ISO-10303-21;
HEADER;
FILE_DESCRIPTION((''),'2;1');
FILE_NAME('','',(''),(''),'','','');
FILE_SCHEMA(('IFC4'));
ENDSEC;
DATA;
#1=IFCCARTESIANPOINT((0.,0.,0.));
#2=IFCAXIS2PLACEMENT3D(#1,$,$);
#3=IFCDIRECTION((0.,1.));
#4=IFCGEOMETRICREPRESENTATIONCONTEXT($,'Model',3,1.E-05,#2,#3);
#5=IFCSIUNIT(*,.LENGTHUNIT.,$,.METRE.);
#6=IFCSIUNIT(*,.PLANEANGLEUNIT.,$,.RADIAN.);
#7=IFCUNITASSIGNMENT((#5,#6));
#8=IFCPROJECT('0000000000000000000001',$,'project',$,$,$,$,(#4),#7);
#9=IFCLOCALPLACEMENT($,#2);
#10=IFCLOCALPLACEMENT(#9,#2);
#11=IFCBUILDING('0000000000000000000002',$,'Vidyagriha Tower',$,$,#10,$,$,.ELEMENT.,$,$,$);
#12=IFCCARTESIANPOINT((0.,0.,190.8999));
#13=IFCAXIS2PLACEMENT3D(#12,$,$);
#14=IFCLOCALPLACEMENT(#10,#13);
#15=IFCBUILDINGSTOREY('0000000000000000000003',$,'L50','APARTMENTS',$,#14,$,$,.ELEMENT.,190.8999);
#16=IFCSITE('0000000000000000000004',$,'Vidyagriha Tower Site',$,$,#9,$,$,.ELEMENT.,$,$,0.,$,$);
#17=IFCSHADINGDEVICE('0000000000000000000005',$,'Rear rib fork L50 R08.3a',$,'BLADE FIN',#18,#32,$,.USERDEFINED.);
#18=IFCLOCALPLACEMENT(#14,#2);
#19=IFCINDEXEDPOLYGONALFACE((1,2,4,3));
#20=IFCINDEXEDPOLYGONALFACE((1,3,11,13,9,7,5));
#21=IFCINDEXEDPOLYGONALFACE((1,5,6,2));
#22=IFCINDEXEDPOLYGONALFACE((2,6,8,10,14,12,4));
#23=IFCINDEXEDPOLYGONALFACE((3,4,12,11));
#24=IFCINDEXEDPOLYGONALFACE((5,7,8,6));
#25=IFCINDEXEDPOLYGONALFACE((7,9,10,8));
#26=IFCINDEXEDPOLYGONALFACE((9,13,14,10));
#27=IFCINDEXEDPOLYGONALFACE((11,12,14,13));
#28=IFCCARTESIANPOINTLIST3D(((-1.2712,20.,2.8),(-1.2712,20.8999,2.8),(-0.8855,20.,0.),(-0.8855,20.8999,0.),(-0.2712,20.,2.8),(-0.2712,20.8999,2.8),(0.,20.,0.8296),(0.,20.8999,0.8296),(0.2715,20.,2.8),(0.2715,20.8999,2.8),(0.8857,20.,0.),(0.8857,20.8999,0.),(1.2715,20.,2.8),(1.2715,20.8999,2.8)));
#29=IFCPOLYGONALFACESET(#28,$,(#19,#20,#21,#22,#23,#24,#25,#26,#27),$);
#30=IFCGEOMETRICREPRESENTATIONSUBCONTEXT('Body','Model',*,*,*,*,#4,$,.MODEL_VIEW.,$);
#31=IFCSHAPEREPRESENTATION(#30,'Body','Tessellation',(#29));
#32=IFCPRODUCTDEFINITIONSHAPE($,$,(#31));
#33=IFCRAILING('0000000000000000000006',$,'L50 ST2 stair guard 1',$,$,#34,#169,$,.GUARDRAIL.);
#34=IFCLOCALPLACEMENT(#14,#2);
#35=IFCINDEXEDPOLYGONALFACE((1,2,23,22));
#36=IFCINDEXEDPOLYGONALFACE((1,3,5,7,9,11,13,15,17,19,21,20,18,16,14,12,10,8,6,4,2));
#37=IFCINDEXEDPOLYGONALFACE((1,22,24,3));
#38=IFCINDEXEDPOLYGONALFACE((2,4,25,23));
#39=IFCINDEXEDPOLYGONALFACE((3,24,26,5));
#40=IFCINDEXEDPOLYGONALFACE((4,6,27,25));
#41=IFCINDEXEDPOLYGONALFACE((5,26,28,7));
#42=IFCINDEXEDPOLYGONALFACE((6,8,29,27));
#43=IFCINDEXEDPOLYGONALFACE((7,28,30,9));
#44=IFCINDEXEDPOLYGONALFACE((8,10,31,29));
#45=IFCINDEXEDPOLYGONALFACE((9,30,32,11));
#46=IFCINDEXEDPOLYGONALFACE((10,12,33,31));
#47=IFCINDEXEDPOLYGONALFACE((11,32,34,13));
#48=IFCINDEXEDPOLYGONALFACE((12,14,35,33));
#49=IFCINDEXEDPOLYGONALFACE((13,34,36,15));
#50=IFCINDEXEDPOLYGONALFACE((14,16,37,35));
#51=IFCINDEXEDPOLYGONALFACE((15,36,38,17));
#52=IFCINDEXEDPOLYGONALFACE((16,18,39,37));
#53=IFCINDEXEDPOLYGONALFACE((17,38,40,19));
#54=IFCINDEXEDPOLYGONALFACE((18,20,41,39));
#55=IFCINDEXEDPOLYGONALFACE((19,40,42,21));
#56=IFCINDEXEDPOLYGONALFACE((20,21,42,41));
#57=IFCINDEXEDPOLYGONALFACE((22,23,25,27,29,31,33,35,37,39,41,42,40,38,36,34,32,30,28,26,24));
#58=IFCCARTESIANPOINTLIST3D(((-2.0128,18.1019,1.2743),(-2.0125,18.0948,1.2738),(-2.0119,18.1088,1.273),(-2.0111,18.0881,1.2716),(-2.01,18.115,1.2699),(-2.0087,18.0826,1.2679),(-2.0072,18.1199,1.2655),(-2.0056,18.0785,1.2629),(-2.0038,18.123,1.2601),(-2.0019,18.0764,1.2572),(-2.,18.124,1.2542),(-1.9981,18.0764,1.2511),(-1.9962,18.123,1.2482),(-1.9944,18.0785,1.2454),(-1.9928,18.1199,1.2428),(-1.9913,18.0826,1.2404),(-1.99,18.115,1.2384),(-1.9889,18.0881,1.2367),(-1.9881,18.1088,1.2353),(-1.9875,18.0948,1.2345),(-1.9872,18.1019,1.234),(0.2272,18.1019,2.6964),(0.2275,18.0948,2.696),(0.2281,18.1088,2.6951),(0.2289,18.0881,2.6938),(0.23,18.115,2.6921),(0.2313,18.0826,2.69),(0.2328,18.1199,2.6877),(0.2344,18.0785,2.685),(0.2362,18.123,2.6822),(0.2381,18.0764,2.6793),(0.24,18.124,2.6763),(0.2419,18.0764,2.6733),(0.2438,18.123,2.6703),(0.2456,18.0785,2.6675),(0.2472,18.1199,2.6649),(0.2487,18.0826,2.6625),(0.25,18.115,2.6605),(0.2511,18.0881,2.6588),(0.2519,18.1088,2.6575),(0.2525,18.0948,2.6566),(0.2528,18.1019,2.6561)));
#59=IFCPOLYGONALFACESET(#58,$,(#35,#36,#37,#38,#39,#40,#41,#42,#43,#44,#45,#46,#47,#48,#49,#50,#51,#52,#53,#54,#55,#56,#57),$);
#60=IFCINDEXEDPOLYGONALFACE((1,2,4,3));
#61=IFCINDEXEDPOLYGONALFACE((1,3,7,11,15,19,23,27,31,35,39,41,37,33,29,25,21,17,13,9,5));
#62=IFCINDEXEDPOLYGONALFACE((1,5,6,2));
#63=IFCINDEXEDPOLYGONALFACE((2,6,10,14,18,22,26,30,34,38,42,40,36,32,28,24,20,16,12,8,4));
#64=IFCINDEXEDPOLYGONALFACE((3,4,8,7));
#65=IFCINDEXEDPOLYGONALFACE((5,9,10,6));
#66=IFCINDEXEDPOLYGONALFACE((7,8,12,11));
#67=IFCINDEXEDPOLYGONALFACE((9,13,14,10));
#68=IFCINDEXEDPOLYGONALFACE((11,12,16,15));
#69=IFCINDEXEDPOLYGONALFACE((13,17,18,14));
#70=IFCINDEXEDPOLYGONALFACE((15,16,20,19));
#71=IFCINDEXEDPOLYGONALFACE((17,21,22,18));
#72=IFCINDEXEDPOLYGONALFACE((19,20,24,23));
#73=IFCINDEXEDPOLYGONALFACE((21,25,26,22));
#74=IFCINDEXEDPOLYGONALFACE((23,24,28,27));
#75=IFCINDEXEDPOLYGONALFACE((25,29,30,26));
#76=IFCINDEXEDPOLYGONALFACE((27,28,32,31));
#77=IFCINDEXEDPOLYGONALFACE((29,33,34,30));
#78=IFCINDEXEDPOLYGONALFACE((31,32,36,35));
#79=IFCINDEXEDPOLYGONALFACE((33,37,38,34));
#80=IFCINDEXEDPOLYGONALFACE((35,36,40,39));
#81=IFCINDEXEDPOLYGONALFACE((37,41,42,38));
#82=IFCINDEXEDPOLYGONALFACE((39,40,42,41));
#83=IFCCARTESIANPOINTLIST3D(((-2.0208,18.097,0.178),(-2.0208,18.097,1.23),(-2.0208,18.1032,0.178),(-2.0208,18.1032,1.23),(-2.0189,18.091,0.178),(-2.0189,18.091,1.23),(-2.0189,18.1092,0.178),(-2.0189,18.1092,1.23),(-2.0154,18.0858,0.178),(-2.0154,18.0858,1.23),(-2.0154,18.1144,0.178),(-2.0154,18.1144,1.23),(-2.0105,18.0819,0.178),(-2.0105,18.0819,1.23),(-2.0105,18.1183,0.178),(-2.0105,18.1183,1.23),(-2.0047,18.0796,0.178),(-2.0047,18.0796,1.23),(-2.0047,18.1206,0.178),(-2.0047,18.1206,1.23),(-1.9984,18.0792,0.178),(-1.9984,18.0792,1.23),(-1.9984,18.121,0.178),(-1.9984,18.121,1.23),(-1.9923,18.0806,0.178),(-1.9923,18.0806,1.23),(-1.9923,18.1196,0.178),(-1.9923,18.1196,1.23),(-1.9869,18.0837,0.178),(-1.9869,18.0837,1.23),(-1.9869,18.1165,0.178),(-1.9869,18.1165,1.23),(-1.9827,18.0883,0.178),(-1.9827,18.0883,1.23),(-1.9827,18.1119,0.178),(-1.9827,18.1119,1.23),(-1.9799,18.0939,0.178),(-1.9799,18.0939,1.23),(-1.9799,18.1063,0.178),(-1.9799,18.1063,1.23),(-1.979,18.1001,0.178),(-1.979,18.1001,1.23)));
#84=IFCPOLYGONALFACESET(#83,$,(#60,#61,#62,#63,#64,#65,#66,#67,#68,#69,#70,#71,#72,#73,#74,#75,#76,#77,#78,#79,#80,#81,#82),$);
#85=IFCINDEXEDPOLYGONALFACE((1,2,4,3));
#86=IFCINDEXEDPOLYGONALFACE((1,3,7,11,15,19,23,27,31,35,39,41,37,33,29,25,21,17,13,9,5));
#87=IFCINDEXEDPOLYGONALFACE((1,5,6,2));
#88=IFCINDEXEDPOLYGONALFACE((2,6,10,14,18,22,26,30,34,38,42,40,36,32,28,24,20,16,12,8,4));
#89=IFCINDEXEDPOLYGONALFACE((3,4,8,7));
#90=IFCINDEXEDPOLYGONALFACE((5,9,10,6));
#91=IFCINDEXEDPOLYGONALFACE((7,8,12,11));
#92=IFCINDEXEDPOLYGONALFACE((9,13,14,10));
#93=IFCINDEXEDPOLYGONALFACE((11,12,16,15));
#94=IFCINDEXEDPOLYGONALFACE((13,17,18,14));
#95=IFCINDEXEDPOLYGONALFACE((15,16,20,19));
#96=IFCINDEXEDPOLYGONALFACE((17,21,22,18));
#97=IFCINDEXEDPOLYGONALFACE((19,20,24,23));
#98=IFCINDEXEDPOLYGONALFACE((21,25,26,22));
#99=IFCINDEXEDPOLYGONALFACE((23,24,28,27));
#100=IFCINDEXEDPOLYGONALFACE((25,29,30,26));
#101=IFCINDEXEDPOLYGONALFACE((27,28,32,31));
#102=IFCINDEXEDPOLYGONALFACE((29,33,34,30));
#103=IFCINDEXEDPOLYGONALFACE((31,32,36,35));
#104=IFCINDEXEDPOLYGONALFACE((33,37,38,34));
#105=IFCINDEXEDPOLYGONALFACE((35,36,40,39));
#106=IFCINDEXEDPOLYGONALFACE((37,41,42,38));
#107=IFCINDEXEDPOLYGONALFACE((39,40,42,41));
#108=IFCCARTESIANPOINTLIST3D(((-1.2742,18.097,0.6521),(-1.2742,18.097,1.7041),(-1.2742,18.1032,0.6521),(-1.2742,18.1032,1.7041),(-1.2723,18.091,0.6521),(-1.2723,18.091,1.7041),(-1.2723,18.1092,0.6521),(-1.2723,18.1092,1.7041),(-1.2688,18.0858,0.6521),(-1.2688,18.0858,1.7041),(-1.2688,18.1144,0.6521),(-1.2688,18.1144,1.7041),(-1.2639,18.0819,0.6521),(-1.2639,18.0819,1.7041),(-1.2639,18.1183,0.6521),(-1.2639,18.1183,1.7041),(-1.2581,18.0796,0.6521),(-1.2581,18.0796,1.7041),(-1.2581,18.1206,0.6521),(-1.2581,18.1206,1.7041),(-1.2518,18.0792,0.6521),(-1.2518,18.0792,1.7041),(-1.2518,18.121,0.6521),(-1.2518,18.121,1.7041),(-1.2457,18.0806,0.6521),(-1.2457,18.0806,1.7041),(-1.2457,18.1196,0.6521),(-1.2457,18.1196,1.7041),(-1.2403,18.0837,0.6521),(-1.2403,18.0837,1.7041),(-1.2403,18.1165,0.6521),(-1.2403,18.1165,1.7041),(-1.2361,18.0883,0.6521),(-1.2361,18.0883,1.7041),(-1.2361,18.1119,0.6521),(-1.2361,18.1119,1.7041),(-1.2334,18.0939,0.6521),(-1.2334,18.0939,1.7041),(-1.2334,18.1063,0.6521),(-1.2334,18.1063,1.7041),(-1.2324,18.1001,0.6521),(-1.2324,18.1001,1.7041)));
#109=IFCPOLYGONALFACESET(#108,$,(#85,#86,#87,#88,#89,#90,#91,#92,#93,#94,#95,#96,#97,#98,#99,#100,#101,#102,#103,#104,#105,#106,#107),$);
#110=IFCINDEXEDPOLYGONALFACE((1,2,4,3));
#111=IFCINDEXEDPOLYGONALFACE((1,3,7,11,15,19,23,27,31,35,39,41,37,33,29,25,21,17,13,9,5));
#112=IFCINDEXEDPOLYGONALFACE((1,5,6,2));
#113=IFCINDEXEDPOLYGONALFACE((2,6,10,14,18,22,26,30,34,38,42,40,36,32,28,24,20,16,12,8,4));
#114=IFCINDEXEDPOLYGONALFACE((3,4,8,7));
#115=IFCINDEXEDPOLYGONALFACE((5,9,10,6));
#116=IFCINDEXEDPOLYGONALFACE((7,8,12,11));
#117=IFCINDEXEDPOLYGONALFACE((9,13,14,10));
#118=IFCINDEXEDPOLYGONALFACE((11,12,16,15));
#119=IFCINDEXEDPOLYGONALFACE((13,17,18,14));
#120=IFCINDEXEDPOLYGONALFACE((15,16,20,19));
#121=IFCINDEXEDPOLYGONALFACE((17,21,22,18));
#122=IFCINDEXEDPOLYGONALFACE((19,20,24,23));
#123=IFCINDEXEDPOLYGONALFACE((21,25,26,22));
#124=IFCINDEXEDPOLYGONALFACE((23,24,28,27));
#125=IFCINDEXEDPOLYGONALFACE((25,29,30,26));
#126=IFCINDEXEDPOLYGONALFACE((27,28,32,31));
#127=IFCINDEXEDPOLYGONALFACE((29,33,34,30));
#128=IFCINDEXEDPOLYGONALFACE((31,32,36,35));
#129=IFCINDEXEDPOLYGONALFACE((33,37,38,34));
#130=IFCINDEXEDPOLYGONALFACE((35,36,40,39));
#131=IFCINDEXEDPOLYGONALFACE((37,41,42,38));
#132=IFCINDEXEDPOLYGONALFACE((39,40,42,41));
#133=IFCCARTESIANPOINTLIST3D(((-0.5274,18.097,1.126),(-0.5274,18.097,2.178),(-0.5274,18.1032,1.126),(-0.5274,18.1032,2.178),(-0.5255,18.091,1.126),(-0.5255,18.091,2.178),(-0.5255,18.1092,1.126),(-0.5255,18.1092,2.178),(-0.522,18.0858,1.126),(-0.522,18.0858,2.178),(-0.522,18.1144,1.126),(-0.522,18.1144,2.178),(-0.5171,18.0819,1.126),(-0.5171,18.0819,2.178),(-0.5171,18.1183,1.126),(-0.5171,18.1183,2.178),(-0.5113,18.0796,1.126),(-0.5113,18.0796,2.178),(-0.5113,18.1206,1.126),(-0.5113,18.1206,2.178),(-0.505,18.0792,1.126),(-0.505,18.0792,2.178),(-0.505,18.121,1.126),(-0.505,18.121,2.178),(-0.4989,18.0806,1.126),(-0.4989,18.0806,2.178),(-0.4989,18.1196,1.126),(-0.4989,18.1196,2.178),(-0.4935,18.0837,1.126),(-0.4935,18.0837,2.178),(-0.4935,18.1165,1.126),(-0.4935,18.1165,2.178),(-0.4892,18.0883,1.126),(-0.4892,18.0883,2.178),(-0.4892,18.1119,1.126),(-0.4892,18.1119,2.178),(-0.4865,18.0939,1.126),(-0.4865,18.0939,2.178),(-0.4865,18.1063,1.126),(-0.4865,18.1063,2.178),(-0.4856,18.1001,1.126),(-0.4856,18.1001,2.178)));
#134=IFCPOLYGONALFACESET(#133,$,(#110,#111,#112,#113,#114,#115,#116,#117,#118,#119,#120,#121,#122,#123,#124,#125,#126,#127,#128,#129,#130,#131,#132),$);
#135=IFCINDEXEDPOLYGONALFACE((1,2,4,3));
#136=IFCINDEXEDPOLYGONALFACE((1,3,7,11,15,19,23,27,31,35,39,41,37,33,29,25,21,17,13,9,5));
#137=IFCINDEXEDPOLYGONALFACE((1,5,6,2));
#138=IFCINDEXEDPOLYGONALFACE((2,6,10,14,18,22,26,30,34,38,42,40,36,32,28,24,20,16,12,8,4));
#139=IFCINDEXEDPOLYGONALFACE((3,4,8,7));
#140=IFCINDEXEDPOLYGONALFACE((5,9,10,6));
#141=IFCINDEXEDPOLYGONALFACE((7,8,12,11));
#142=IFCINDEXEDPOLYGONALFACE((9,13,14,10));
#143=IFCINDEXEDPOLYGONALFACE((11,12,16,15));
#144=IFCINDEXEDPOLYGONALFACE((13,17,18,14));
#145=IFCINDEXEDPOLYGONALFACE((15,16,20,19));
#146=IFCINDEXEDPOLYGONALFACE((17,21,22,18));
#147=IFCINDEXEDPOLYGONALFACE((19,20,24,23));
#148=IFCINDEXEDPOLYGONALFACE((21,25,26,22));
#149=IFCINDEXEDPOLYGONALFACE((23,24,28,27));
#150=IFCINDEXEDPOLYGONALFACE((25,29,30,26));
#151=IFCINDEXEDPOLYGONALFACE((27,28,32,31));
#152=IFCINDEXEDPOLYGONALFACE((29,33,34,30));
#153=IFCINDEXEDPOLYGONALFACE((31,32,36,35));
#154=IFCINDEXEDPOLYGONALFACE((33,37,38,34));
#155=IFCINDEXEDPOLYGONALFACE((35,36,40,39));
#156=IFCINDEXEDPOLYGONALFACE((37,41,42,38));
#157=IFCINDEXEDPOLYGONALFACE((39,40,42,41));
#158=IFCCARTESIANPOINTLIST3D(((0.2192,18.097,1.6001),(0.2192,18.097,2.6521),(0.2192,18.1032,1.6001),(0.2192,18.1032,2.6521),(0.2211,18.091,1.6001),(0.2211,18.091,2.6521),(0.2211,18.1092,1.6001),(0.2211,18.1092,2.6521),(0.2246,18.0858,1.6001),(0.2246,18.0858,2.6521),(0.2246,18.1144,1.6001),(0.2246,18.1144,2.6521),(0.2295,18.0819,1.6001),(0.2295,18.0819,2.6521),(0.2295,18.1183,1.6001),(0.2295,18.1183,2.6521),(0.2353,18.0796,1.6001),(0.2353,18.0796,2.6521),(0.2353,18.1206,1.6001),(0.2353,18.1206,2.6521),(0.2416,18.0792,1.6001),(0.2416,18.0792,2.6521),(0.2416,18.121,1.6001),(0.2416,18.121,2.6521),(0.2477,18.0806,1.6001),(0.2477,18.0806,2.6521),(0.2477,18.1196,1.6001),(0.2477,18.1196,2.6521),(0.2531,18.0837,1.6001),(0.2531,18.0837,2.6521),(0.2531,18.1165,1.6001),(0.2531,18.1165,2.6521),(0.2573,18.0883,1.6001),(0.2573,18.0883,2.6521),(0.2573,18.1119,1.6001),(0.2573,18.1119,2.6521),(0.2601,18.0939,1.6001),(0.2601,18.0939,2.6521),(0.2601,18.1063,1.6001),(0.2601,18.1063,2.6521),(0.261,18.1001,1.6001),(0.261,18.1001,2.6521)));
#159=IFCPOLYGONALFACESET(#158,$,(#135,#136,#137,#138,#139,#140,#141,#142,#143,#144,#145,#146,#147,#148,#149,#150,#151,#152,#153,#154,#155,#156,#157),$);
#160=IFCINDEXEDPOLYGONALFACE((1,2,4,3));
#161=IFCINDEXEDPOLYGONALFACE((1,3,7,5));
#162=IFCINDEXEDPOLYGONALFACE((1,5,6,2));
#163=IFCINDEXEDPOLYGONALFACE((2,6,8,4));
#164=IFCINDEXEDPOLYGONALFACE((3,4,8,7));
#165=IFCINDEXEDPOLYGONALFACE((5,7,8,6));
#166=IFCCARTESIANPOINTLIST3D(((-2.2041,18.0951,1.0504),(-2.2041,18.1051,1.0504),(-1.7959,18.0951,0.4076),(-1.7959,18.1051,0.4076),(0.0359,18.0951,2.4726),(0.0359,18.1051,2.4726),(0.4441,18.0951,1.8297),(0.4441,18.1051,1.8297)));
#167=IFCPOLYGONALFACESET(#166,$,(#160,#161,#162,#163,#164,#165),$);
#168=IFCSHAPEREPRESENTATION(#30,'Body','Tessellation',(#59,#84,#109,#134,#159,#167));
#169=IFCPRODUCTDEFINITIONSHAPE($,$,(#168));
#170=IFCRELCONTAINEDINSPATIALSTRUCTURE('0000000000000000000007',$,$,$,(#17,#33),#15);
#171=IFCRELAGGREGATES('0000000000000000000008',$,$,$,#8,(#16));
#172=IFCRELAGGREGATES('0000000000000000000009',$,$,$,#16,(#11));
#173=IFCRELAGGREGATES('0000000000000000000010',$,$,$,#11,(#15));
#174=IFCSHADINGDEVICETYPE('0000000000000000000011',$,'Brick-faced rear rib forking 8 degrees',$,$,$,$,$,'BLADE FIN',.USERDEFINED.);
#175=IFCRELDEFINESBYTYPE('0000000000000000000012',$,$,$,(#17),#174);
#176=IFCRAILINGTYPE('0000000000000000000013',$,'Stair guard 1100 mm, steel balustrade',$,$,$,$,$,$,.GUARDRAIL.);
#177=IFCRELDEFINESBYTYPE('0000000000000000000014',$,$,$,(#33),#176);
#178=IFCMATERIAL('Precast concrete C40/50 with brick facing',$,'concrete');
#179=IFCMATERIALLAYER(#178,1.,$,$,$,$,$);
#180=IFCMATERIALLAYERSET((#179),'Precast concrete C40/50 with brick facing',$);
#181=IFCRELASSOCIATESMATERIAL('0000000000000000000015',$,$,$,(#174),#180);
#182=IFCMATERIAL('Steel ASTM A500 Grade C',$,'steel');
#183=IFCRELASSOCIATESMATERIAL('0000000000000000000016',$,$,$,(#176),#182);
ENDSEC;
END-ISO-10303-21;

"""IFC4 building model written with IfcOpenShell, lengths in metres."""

from ifc_helpers import new_model, si_unit, direction, frame, origin, origin_2d, place, context, subcontext, project, spatial, polyline, rectangle, circle, outline, extrude, material, layer, layer_set, type_object, element, save


model = new_model("IFC4")

# Units and contexts
model_context = context("Model", 3, precision=1e-05, world=origin(), true_north=direction((0.0, 1.0)))
body_context = subcontext(model_context, "Body", "Model", "MODEL_VIEW")
ifc_project = project(units=[si_unit("LENGTHUNIT", "METRE"), si_unit("PLANEANGLEUNIT", "RADIAN")], contexts=[model_context])

# Site, building, storey
site_placement = place(None, origin())
site = spatial("IfcSite", under=ifc_project, at=site_placement, Name="Vidyagriha Tower Site", CompositionType="ELEMENT", RefElevation=0.0)
building_placement = place(site_placement, origin())
building = spatial("IfcBuilding", under=site, at=building_placement, Name="Vidyagriha Tower", CompositionType="ELEMENT")
storey_placement = place(building_placement, frame((0.0, 0.0, 190.8999)))
storey = spatial("IfcBuildingStorey", under=building, at=storey_placement, Name="L50", Description="APARTMENTS", CompositionType="ELEMENT", Elevation=190.8999)

# Shading device
ifc_material_1 = material(Name="Precast concrete C40/50 with brick facing", Category="concrete")
ifc_layer_1 = layer(ifc_material_1, 1.0)
ifc_layer_set_1 = layer_set([ifc_layer_1], Name="Precast concrete C40/50 with brick facing")
shading_device_type = type_object("IfcShadingDeviceType", Name="Brick-faced rear rib forking 8 degrees", ElementType="BLADE FIN", PredefinedType="USERDEFINED", material=ifc_layer_set_1)
shading_device_placement = place(storey_placement, frame((1.2715, 20.45, 0.0), z_axis=(0.0, 0.0, 1.0), x_axis=(-1.0, 0.0, 0.0)))
element("IfcShadingDevice", 1, at=shading_device_placement, inside=storey, type_object=shading_device_type, Name="Rear rib fork L50 R08.3a", ObjectType="BLADE FIN", PredefinedType="USERDEFINED", context=body_context, shape_type="SweptSolid", body=[
    extrude(outline(polyline([(0.3857, 0.0), (2.157, 0.0), (2.5427, 2.8), (1.5427, 2.8), (1.2715, 0.8296), (1.0, 2.8), (0.0, 2.8), (0.3857, 0.0)])), frame((0.0, 0.45, 0.0), z_axis=(0.0, -1.0, 0.0), x_axis=(1.0, 0.0, 0.0)), (0.0, 0.0, 1.0), 0.8999),
])

# Railing
ifc_material_2 = material(Name="Steel ASTM A500 Grade C", Category="steel")
railing_type_1 = type_object("IfcRailingType", Name="Stair guard 1100 mm, steel balustrade", PredefinedType="GUARDRAIL", material=ifc_material_2)
railing_1_placement = place(storey_placement, frame((-2.0, 18.1001, 0.178)))
element("IfcRailing", 2, at=railing_1_placement, inside=storey, type_object=railing_type_1, Name="L50 ST2 stair guard 1", PredefinedType="GUARDRAIL", context=body_context, shape_type="SweptSolid", body=[
    extrude(circle(Radius=0.0239, at=origin_2d()), frame((0.0, 0.0, 1.0762), z_axis=(0.844229, 0.0, 0.535982), x_axis=(0.0, 1.0, 0.0)), (0.0, 0.0, 1.0), 2.6533),
    extrude(circle(Radius=0.021, at=origin_2d()), origin(), (0.0, 0.0, 1.0), 1.052),
    extrude(circle(Radius=0.021, at=origin_2d()), frame((0.7466, 0.0, 0.4741)), (0.0, 0.0, 1.0), 1.052),
    extrude(circle(Radius=0.021, at=origin_2d()), frame((1.4934, 0.0, 0.948)), (0.0, 0.0, 1.0), 1.052),
    extrude(circle(Radius=0.021, at=origin_2d()), frame((2.24, 0.0, 1.4221)), (0.0, 0.0, 1.0), 1.052),
    extrude(rectangle(XDim=0.01, YDim=0.7615, at=origin_2d()), frame((0.0, 0.0, 0.551), z_axis=(0.844229, 0.0, 0.535982), x_axis=(0.0, 1.0, 0.0)), (0.0, 0.0, 1.0), 2.6533),
])

save(model, "model.ifc")
